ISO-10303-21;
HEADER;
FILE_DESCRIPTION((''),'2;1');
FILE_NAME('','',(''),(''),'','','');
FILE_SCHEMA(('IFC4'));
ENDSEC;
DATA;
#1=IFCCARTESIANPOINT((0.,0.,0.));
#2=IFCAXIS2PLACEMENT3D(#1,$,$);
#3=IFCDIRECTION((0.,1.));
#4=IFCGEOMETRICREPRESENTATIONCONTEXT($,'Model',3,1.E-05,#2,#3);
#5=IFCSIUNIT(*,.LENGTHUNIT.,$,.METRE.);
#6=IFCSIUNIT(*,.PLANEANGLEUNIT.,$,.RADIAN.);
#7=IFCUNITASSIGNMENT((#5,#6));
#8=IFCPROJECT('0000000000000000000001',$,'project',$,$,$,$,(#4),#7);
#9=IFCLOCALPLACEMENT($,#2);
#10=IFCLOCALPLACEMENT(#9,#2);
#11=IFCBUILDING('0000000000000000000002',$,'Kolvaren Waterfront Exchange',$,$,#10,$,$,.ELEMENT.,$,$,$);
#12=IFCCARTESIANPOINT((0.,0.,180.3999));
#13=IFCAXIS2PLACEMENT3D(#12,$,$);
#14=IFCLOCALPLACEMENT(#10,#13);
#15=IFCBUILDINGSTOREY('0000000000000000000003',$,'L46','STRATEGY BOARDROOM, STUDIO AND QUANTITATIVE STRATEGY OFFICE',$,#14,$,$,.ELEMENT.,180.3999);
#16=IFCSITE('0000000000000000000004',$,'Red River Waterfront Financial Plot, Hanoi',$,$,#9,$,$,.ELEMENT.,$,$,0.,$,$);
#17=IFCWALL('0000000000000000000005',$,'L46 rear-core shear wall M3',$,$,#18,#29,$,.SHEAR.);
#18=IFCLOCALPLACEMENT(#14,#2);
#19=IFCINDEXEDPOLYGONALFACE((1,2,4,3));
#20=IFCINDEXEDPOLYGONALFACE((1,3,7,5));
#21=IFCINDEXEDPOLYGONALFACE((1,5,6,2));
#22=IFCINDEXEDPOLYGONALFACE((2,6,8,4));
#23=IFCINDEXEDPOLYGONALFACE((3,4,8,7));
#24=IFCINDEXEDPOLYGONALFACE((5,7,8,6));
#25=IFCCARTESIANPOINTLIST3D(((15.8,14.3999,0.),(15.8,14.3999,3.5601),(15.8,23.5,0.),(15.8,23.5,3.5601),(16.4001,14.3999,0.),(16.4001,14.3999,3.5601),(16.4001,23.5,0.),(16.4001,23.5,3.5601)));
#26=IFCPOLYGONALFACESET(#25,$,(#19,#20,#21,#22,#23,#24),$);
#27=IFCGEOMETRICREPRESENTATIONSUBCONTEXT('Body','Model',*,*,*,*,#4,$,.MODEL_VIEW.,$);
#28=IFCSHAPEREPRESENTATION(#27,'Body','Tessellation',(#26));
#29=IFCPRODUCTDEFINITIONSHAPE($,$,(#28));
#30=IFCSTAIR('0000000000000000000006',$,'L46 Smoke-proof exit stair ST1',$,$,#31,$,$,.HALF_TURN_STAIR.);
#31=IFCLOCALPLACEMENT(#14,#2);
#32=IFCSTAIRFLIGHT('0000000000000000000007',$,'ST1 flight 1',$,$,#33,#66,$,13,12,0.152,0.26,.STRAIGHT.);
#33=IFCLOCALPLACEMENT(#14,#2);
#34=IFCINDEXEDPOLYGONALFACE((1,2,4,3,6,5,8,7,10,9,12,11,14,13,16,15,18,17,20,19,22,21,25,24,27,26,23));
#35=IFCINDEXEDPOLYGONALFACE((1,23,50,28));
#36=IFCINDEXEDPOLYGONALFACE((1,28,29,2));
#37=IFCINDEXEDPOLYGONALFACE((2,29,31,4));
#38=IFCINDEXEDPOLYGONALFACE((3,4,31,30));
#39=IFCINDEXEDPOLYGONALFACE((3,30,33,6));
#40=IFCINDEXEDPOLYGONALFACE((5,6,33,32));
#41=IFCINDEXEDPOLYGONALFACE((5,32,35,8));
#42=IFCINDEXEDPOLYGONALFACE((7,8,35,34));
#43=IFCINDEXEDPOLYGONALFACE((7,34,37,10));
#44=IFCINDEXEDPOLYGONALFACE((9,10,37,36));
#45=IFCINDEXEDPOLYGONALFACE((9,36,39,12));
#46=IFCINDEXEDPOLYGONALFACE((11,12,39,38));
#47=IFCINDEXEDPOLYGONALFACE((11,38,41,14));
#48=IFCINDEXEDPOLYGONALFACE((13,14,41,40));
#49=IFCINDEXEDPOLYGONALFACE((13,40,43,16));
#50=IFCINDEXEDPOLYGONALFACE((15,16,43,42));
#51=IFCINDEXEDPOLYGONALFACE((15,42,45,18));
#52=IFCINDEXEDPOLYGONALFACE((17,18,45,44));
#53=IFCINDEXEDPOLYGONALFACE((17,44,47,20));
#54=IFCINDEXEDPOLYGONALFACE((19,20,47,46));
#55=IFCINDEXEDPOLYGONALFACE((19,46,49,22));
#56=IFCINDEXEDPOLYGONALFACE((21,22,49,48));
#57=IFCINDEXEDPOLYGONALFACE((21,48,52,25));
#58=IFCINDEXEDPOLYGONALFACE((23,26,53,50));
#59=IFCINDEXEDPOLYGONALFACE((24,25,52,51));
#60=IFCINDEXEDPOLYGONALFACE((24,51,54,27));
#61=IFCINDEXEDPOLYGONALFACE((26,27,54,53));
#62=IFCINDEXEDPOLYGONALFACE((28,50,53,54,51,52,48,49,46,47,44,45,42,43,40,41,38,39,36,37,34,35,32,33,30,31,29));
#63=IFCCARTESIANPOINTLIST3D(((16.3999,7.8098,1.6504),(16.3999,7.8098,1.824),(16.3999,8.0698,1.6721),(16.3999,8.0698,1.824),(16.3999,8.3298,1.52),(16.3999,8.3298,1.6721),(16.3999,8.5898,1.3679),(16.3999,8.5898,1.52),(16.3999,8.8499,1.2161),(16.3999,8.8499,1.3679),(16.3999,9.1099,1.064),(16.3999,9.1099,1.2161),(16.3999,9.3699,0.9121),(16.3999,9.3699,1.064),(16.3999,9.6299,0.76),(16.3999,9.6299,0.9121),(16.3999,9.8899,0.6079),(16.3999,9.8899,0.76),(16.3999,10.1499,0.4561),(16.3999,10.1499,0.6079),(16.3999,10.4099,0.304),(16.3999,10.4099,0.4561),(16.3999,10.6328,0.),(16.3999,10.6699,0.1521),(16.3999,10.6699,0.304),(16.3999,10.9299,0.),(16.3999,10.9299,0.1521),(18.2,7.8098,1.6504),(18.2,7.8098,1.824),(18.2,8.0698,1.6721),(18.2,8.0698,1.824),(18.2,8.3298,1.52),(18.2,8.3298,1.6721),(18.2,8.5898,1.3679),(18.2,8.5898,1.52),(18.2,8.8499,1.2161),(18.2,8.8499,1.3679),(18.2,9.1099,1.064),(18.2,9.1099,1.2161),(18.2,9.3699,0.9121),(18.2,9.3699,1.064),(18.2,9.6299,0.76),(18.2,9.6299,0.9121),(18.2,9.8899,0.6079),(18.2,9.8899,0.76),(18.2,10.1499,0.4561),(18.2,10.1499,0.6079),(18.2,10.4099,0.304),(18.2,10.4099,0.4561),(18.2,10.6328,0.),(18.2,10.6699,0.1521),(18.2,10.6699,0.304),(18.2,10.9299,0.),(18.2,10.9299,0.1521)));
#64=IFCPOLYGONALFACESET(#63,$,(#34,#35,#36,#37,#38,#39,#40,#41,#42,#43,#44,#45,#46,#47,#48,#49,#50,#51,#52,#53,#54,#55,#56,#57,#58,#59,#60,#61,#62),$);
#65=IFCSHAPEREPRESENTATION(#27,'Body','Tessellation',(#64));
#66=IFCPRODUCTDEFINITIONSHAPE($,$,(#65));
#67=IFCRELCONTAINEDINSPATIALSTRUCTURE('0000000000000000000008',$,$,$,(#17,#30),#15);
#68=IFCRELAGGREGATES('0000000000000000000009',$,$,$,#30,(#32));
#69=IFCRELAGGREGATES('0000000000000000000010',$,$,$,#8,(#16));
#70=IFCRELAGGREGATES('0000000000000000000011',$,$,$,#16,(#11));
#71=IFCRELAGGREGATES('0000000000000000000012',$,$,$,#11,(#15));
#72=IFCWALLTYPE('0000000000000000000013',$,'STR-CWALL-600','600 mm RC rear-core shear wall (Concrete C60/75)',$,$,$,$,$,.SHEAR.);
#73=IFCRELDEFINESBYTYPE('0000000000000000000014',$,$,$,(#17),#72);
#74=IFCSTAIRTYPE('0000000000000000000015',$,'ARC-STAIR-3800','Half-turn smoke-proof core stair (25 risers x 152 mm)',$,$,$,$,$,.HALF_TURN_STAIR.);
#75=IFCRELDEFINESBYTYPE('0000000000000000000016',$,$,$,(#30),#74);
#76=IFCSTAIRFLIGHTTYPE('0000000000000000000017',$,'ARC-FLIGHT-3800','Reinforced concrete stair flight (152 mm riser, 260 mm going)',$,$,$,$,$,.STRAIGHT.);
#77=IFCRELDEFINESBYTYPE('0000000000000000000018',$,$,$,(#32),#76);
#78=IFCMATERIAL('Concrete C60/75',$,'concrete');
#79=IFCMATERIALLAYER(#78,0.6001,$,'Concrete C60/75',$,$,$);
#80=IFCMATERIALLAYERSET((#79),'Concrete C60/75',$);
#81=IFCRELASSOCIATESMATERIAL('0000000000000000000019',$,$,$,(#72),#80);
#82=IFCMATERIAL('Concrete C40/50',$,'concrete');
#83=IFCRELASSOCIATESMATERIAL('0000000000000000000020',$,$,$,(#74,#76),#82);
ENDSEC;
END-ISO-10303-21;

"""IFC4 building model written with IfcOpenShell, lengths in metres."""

from ifc_helpers import new_model, si_unit, direction, frame, frame_2d, origin, place, context, subcontext, project, spatial, polyline, rectangle, outline, extrude, material, layer, layer_set, type_object, element, aggregate, save


model = new_model("IFC4")

# Units and contexts
model_context = context("Model", 3, precision=1e-05, world=origin(), true_north=direction((0.0, 1.0)))
body_context = subcontext(model_context, "Body", "Model", "MODEL_VIEW")
ifc_project = project(units=[si_unit("LENGTHUNIT", "METRE"), si_unit("PLANEANGLEUNIT", "RADIAN")], contexts=[model_context])

# Site, building, storey
site_placement = place(None, origin())
site = spatial("IfcSite", under=ifc_project, at=site_placement, Name="Red River Waterfront Financial Plot, Hanoi", CompositionType="ELEMENT", RefElevation=0.0)
building_placement = place(site_placement, origin())
building = spatial("IfcBuilding", under=site, at=building_placement, Name="Kolvaren Waterfront Exchange", CompositionType="ELEMENT")
storey_placement = place(building_placement, frame((0.0, 0.0, 180.3999)))
storey = spatial("IfcBuildingStorey", under=building, at=storey_placement, Name="L46", Description="STRATEGY BOARDROOM, STUDIO AND QUANTITATIVE STRATEGY OFFICE", CompositionType="ELEMENT", Elevation=180.3999)

# Shared definitions
ifc_material_1 = material(Name="Concrete C60/75", Category="concrete")

# Wall
ifc_material_2 = material(Name="Concrete C40/50", Category="concrete")
ifc_layer_1 = layer(ifc_material_1, 0.6001, Name="Concrete C60/75")
ifc_layer_set_1 = layer_set([ifc_layer_1], Name="Concrete C60/75")
wall_type_1 = type_object("IfcWallType", Name="STR-CWALL-600", Description="600 mm RC rear-core shear wall (Concrete C60/75)", PredefinedType="SHEAR", material=ifc_layer_set_1)
wall_1_placement = place(storey_placement, frame((16.1001, 14.3999, 0.0), z_axis=(0.0, 0.0, 1.0), x_axis=(0.0, 1.0, 0.0)))
element("IfcWall", 1, at=wall_1_placement, inside=storey, type_object=wall_type_1, Name="L46 rear-core shear wall M3", PredefinedType="SHEAR", context=body_context, shape_type="SweptSolid", body=[
    extrude(rectangle(XDim=9.1001, YDim=0.6001, at=frame_2d((4.55, 0.0))), origin(), (0.0, 0.0, 1.0), 3.5601),
])

# Stair, stair flight
stair_type = type_object("IfcStairType", Name="ARC-STAIR-3800", Description="Half-turn smoke-proof core stair (25 risers x 152 mm)", PredefinedType="HALF_TURN_STAIR", material=ifc_material_2)
stair_placement = place(storey_placement, origin())
stair = element("IfcStair", 2, at=stair_placement, inside=storey, type_object=stair_type, Name="L46 Smoke-proof exit stair ST1", PredefinedType="HALF_TURN_STAIR")
stair_flight_type = type_object("IfcStairFlightType", Name="ARC-FLIGHT-3800", Description="Reinforced concrete stair flight (152 mm riser, 260 mm going)", PredefinedType="STRAIGHT", material=ifc_material_2)
stair_flight_placement = place(storey_placement, frame((17.3, 10.9299, 0.0), z_axis=(0.0, 0.0, 1.0), x_axis=(0.0, -1.0, 0.0)))
stair_flight = element("IfcStairFlight", 3, at=stair_flight_placement, type_object=stair_flight_type, Name="ST1 flight 1", NumberOfRisers=13, NumberOfTreads=12, PredefinedType="STRAIGHT", RiserHeight=0.152, TreadLength=0.26, context=body_context, shape_type="SweptSolid", body=[
    extrude(outline(polyline([(0.0, 0.0), (0.0, 0.1521), (0.26, 0.1521), (0.26, 0.304), (0.52, 0.304), (0.52, 0.4561), (0.78, 0.4561), (0.78, 0.6079), (1.04, 0.6079), (1.04, 0.76), (1.3, 0.76), (1.3, 0.9121), (1.5601, 0.9121), (1.5601, 1.064), (1.8201, 1.064), (1.8201, 1.2161), (2.0801, 1.2161), (2.0801, 1.3679), (2.3401, 1.3679), (2.3401, 1.52), (2.6001, 1.52), (2.6001, 1.6721), (2.8601, 1.6721), (2.8601, 1.824), (3.1201, 1.824), (3.1201, 1.9761), (3.1201, 1.6504), (0.2971, 0.0), (0.0, 0.0)])), frame((0.0, 0.8999, 0.0), z_axis=(0.0, -1.0, 0.0), x_axis=(1.0, 0.0, 0.0)), (0.0, 0.0, 1.0), 1.8),
])
aggregate(stair, [stair_flight])

save(model, "model.ifc")
